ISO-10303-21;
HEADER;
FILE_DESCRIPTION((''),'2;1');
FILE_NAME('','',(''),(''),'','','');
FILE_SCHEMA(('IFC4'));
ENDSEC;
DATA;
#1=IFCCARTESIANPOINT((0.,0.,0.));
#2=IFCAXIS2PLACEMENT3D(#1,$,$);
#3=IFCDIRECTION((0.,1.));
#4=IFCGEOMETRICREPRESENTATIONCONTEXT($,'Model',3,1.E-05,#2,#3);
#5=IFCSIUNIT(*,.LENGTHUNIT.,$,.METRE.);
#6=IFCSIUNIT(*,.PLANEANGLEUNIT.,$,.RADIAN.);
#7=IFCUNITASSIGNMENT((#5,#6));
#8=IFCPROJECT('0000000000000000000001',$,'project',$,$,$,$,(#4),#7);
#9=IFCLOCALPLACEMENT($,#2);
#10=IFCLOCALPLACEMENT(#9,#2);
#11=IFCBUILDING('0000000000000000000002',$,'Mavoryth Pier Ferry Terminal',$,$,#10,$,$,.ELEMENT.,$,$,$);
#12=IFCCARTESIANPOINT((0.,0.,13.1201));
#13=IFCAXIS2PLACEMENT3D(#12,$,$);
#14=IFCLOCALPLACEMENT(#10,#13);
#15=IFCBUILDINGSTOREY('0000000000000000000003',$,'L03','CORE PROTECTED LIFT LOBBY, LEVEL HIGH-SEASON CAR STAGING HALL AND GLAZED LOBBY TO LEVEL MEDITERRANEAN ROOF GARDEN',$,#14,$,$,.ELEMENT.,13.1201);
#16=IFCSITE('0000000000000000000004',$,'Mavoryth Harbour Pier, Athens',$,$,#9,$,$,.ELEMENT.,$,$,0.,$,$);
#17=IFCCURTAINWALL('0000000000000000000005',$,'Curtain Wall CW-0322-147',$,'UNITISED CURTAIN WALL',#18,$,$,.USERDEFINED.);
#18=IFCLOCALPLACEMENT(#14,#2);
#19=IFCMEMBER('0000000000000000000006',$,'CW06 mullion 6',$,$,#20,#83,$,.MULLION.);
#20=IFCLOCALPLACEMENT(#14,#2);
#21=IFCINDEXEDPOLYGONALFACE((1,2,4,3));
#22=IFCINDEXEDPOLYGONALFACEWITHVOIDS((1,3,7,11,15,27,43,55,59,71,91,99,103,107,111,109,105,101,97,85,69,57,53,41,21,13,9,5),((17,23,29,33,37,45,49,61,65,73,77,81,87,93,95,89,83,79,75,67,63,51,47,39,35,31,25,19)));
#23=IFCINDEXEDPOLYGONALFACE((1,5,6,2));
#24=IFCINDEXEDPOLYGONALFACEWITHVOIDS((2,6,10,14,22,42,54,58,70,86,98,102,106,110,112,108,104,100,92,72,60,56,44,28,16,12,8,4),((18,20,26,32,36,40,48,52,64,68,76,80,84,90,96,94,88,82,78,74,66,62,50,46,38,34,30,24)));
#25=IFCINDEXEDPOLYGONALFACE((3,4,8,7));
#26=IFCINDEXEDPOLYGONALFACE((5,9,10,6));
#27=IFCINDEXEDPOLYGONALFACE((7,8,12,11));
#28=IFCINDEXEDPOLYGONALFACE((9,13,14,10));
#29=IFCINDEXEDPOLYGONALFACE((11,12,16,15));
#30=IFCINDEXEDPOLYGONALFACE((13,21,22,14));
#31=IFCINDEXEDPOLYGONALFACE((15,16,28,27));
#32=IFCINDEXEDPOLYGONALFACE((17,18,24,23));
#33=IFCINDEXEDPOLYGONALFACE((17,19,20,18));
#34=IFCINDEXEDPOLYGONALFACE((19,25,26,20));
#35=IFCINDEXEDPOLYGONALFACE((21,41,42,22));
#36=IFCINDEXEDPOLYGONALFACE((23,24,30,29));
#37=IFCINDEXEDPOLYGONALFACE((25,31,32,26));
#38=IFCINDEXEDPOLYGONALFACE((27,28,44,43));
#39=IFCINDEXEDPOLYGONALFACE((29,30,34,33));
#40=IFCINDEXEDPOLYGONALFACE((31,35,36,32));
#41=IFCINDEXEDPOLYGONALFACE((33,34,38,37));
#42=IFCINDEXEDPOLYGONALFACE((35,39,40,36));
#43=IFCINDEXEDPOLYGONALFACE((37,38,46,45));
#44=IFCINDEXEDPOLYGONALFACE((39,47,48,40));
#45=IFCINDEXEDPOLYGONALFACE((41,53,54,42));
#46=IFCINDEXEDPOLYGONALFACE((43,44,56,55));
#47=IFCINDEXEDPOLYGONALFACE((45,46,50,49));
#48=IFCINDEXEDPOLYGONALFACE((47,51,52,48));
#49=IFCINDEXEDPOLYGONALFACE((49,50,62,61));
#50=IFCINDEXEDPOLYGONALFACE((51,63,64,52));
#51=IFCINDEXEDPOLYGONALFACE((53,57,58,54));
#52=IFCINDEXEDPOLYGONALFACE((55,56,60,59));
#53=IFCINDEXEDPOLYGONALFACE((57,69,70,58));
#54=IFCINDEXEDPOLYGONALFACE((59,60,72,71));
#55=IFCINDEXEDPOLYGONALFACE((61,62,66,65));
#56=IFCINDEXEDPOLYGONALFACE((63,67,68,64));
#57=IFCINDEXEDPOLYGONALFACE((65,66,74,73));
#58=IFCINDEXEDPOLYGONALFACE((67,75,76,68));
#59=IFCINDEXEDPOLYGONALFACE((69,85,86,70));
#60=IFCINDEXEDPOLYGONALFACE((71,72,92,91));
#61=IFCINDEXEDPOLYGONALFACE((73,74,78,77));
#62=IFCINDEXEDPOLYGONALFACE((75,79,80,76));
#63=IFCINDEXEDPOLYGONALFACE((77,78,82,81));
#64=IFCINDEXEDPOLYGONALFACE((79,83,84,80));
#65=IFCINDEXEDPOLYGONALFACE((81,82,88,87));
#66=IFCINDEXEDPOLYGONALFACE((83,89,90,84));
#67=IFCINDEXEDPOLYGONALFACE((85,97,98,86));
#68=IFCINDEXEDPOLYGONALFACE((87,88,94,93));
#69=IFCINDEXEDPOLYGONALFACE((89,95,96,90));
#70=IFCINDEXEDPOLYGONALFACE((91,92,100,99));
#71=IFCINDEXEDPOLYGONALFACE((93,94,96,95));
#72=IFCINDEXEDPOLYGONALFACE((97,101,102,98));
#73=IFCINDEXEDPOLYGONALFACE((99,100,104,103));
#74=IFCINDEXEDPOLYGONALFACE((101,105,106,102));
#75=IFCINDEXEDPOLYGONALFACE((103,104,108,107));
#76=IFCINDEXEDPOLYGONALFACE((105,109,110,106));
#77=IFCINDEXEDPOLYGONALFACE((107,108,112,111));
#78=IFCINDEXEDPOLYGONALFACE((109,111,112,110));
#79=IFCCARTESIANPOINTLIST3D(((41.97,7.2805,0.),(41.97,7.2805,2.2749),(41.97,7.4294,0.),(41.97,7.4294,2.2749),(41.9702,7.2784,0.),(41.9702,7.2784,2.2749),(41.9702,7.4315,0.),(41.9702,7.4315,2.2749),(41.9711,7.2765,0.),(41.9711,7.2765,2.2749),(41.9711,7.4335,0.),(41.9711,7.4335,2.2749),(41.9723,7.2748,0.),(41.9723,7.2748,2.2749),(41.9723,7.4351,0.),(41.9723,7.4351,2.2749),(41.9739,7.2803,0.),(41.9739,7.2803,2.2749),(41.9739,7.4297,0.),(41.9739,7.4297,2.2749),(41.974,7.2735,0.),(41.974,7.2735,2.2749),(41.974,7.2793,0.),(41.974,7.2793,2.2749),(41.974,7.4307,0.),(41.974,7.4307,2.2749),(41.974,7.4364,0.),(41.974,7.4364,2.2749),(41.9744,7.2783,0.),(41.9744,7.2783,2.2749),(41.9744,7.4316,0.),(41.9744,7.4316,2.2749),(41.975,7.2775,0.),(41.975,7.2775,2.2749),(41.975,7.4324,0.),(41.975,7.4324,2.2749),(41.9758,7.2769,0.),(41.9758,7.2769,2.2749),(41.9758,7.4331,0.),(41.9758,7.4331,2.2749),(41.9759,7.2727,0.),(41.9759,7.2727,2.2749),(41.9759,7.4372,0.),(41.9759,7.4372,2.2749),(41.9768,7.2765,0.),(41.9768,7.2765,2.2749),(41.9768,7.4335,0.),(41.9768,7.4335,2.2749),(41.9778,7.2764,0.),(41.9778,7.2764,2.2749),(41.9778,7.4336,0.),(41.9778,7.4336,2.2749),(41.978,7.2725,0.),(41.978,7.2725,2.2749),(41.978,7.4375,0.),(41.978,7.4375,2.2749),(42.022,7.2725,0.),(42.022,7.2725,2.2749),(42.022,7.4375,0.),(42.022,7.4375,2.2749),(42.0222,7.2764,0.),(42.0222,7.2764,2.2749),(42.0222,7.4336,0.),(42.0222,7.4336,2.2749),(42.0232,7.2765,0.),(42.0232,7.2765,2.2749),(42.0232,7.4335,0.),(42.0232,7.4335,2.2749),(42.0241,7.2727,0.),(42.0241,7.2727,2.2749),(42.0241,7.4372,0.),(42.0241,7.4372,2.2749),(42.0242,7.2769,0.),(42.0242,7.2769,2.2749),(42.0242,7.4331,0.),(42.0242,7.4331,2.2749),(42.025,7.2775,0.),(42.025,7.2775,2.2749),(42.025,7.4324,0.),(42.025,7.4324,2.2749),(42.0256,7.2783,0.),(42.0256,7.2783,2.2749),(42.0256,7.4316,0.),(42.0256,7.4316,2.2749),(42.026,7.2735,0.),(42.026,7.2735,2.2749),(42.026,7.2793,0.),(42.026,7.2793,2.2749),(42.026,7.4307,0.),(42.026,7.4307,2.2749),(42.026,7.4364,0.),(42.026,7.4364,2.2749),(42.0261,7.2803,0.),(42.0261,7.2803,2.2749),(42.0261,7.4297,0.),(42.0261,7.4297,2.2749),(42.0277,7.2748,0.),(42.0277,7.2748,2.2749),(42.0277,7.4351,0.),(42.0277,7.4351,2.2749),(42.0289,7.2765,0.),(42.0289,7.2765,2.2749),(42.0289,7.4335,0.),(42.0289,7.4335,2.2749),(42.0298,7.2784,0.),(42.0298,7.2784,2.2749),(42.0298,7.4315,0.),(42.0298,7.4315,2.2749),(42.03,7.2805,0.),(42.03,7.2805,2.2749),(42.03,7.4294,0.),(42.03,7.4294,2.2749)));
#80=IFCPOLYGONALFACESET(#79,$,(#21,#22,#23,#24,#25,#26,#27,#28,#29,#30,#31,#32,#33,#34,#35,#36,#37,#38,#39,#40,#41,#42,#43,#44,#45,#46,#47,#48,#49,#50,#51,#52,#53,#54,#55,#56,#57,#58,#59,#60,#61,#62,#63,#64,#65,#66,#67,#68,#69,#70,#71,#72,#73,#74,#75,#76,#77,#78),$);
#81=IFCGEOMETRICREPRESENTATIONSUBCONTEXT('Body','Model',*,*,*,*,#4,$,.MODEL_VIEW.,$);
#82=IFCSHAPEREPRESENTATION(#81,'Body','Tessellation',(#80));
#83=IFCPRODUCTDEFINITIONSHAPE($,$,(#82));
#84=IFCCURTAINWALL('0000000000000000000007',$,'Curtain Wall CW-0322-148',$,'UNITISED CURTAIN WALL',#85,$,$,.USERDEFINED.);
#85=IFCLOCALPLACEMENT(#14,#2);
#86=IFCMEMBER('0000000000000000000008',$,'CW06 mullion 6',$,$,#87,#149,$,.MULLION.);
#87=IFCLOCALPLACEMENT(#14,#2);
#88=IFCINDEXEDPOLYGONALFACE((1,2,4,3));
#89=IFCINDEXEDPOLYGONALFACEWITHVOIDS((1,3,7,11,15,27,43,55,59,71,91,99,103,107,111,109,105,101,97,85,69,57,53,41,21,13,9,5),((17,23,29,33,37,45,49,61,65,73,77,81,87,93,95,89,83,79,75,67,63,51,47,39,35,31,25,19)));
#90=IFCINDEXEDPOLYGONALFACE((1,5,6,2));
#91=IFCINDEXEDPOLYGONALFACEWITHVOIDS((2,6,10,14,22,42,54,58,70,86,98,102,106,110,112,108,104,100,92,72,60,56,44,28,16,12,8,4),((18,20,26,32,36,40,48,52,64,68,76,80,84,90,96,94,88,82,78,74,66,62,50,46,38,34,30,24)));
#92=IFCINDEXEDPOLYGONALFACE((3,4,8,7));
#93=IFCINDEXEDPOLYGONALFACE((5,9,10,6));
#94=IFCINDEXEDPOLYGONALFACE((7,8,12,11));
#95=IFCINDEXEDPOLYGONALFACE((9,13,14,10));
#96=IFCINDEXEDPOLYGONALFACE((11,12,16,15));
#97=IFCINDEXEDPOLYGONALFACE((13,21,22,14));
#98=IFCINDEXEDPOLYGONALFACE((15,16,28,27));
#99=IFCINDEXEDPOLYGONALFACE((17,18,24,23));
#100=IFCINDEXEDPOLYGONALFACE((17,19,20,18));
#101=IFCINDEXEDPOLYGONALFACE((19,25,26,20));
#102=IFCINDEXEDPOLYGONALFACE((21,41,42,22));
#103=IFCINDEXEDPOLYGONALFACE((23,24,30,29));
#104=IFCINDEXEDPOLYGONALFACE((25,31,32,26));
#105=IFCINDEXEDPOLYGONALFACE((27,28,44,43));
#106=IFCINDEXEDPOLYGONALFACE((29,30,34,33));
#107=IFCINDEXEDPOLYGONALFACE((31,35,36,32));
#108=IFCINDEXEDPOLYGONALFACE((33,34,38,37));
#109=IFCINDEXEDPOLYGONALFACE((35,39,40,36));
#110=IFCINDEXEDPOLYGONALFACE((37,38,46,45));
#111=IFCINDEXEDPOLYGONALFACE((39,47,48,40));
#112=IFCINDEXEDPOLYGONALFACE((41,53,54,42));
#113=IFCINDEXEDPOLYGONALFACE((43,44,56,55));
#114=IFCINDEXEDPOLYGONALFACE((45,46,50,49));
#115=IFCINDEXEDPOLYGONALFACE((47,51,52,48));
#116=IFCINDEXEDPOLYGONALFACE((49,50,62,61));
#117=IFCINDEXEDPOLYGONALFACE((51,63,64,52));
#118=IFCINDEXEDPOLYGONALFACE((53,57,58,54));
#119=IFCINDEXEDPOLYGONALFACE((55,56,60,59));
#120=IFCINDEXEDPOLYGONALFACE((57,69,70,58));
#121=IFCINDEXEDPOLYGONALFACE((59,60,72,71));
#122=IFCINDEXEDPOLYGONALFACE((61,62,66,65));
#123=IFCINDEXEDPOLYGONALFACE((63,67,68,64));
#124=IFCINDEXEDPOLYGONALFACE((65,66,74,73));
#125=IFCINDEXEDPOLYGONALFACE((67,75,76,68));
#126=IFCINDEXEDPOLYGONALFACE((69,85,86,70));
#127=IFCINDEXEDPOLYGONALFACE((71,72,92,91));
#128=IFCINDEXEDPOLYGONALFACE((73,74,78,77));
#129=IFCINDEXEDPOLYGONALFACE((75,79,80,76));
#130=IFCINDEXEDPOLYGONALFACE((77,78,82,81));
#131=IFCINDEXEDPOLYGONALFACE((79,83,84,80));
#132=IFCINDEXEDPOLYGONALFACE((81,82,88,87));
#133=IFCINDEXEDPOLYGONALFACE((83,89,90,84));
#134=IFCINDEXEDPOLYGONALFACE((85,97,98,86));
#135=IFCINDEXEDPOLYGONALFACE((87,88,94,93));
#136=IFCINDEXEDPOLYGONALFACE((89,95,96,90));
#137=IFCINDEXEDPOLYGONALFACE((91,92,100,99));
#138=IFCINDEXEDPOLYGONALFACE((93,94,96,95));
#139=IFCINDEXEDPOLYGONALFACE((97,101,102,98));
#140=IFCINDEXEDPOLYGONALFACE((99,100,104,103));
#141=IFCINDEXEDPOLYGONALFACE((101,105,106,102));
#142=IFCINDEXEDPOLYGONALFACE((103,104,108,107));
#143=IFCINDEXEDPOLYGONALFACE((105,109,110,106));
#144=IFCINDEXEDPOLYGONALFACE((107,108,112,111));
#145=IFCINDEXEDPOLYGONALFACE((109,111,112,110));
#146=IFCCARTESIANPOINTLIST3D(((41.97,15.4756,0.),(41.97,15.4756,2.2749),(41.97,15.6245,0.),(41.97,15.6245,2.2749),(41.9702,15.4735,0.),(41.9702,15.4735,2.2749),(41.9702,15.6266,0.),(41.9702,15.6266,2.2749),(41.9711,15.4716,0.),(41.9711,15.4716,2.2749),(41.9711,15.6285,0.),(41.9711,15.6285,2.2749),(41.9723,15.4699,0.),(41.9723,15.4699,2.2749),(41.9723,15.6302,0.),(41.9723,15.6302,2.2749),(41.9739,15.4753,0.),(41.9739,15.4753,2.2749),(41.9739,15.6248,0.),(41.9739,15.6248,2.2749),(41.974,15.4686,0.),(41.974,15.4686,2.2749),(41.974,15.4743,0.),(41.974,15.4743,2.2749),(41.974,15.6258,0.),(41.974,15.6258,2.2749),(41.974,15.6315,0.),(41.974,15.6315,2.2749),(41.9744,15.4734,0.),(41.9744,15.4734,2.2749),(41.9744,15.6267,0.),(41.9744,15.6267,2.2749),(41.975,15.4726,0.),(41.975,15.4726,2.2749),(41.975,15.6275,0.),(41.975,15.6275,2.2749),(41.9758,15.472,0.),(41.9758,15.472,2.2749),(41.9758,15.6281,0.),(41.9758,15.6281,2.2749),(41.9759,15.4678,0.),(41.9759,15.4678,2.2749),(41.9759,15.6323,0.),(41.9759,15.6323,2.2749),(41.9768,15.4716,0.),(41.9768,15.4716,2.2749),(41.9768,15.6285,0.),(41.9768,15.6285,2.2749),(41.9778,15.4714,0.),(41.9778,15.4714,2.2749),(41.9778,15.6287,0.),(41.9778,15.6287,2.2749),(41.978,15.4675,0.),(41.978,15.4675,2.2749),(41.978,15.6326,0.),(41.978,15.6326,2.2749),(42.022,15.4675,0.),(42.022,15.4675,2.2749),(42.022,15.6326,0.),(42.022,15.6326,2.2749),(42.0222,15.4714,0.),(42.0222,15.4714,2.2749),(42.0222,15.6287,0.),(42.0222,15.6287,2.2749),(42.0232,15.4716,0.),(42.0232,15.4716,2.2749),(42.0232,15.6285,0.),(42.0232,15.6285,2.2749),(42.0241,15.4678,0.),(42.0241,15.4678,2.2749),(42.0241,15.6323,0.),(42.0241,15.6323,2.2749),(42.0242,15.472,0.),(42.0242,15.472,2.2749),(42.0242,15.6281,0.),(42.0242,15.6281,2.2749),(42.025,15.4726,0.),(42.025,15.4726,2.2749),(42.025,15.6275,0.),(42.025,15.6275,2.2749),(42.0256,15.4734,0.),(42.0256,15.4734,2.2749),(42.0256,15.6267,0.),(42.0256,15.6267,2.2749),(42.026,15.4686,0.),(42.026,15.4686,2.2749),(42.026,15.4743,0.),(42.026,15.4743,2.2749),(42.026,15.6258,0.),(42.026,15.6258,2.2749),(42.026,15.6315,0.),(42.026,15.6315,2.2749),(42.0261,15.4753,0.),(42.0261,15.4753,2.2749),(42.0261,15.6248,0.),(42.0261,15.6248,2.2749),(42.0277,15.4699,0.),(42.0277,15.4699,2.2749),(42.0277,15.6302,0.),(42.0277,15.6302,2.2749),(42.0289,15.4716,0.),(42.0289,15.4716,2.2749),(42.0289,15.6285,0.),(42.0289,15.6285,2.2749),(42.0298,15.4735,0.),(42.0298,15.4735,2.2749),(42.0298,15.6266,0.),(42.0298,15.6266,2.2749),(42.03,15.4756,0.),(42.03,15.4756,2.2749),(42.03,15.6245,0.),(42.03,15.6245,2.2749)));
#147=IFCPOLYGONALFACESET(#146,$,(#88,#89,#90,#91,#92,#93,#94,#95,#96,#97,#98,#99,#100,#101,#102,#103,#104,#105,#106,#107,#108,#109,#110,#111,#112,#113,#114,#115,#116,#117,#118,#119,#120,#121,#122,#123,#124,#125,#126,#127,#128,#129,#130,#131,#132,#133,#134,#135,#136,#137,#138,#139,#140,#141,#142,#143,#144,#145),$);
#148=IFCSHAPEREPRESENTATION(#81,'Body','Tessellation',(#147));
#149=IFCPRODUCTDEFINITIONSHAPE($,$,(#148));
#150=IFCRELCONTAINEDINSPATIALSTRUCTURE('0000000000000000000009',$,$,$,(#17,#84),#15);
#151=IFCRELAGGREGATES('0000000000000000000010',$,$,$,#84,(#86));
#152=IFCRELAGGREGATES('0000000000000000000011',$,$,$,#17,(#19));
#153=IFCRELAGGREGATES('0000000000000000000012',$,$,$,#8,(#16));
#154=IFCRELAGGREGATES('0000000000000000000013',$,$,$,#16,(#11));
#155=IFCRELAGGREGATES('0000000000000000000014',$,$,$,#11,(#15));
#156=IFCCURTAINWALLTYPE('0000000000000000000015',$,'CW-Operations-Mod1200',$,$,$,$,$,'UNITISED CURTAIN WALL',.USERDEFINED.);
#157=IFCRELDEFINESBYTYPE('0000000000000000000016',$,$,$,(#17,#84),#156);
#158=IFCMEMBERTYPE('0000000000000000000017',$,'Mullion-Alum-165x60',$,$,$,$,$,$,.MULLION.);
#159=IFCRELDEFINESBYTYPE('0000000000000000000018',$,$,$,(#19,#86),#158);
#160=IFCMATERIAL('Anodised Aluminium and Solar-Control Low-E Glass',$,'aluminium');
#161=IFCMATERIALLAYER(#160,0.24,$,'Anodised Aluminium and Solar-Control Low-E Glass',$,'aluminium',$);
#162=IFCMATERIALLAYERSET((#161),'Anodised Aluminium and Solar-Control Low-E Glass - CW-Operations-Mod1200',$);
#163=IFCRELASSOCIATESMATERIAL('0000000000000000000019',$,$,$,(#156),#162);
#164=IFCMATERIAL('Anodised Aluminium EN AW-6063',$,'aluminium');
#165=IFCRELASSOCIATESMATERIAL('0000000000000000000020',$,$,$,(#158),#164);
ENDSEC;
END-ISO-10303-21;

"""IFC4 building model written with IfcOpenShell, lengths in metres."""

from ifc_helpers import new_model, si_unit, direction, frame, origin, origin_2d, place, context, subcontext, project, spatial, hollow_rectangle, extrude, material, layer, layer_set, material_profile, profile_set, type_object, element, aggregate, save


model = new_model("IFC4")

# Units and contexts
model_context = context("Model", 3, precision=1e-05, world=origin(), true_north=direction((0.0, 1.0)))
body_context = subcontext(model_context, "Body", "Model", "MODEL_VIEW")
ifc_project = project(units=[si_unit("LENGTHUNIT", "METRE"), si_unit("PLANEANGLEUNIT", "RADIAN")], contexts=[model_context])

# Site, building, storey
site_placement = place(None, origin())
site = spatial("IfcSite", under=ifc_project, at=site_placement, Name="Mavoryth Harbour Pier, Athens", CompositionType="ELEMENT", RefElevation=0.0)
building_placement = place(site_placement, origin())
building = spatial("IfcBuilding", under=site, at=building_placement, Name="Mavoryth Pier Ferry Terminal", CompositionType="ELEMENT")
storey_placement = place(building_placement, frame((0.0, 0.0, 13.1201)))
storey = spatial("IfcBuildingStorey", under=building, at=storey_placement, Name="L03", Description="CORE PROTECTED LIFT LOBBY, LEVEL HIGH-SEASON CAR STAGING HALL AND GLAZED LOBBY TO LEVEL MEDITERRANEAN ROOF GARDEN", CompositionType="ELEMENT", Elevation=13.1201)

# Curtain wall, member
ifc_material_1 = material(Name="Anodised Aluminium and Solar-Control Low-E Glass", Category="aluminium")
ifc_layer_1 = layer(ifc_material_1, 0.24, Name="Anodised Aluminium and Solar-Control Low-E Glass", Category="aluminium")
ifc_layer_set_1 = layer_set([ifc_layer_1], Name="Anodised Aluminium and Solar-Control Low-E Glass - CW-Operations-Mod1200")
curtain_wall_type = type_object("IfcCurtainWallType", Name="CW-Operations-Mod1200", ElementType="UNITISED CURTAIN WALL", PredefinedType="USERDEFINED", material=ifc_layer_set_1)
curtain_wall_1_placement = place(storey_placement, origin())
curtain_wall_1 = element("IfcCurtainWall", 1, at=curtain_wall_1_placement, inside=storey, type_object=curtain_wall_type, Name="Curtain Wall CW-0322-147", ObjectType="UNITISED CURTAIN WALL", PredefinedType="USERDEFINED")
ifc_material_2 = material(Name="Anodised Aluminium EN AW-6063", Category="aluminium")
ifc_material_profile_1 = material_profile(ifc_material_2, hollow_rectangle(XDim=0.0601, YDim=0.165, WallThickness=0.0039, InnerFilletRadius=0.0039, OuterFilletRadius=0.0081, at=origin_2d()), Name="AL-MULL 165x60x4", Category="aluminium")
ifc_profile_set_1 = profile_set([ifc_material_profile_1], Name="Anodised Aluminium EN AW-6063 - AL-MULL 165x60x4")
member_type_1 = type_object("IfcMemberType", Name="Mullion-Alum-165x60", PredefinedType="MULLION", material=ifc_profile_set_1)
member_1_placement = place(storey_placement, frame((42.0, 7.355, 0.0), z_axis=(0.0, 0.0, 1.0), x_axis=(1.0, 0.0, 0.0)))
member_1 = element("IfcMember", 2, at=member_1_placement, type_object=member_type_1, Name="CW06 mullion 6", PredefinedType="MULLION", context=body_context, shape_type="SweptSolid", body=[
    extrude(hollow_rectangle(XDim=0.0601, YDim=0.165, WallThickness=0.0039, InnerFilletRadius=0.0039, OuterFilletRadius=0.0081, at=origin_2d()), origin(), (0.0, 0.0, 1.0), 2.2749),
])

# Curtain wall, member
curtain_wall_2_placement = place(storey_placement, origin())
curtain_wall_2 = element("IfcCurtainWall", 3, at=curtain_wall_2_placement, inside=storey, type_object=curtain_wall_type, Name="Curtain Wall CW-0322-148", ObjectType="UNITISED CURTAIN WALL", PredefinedType="USERDEFINED")
member_2_placement = place(storey_placement, frame((42.0, 15.55, 0.0), z_axis=(0.0, 0.0, 1.0), x_axis=(1.0, 0.0, 0.0)))
member_2 = element("IfcMember", 4, at=member_2_placement, type_object=member_type_1, Name="CW06 mullion 6", PredefinedType="MULLION", context=body_context, shape_type="SweptSolid", body=[
    extrude(hollow_rectangle(XDim=0.0601, YDim=0.165, WallThickness=0.0039, InnerFilletRadius=0.0039, OuterFilletRadius=0.0081, at=origin_2d()), origin(), (0.0, 0.0, 1.0), 2.2749),
])

aggregate(curtain_wall_2, [member_2])

aggregate(curtain_wall_1, [member_1])

save(model, "model.ifc")
